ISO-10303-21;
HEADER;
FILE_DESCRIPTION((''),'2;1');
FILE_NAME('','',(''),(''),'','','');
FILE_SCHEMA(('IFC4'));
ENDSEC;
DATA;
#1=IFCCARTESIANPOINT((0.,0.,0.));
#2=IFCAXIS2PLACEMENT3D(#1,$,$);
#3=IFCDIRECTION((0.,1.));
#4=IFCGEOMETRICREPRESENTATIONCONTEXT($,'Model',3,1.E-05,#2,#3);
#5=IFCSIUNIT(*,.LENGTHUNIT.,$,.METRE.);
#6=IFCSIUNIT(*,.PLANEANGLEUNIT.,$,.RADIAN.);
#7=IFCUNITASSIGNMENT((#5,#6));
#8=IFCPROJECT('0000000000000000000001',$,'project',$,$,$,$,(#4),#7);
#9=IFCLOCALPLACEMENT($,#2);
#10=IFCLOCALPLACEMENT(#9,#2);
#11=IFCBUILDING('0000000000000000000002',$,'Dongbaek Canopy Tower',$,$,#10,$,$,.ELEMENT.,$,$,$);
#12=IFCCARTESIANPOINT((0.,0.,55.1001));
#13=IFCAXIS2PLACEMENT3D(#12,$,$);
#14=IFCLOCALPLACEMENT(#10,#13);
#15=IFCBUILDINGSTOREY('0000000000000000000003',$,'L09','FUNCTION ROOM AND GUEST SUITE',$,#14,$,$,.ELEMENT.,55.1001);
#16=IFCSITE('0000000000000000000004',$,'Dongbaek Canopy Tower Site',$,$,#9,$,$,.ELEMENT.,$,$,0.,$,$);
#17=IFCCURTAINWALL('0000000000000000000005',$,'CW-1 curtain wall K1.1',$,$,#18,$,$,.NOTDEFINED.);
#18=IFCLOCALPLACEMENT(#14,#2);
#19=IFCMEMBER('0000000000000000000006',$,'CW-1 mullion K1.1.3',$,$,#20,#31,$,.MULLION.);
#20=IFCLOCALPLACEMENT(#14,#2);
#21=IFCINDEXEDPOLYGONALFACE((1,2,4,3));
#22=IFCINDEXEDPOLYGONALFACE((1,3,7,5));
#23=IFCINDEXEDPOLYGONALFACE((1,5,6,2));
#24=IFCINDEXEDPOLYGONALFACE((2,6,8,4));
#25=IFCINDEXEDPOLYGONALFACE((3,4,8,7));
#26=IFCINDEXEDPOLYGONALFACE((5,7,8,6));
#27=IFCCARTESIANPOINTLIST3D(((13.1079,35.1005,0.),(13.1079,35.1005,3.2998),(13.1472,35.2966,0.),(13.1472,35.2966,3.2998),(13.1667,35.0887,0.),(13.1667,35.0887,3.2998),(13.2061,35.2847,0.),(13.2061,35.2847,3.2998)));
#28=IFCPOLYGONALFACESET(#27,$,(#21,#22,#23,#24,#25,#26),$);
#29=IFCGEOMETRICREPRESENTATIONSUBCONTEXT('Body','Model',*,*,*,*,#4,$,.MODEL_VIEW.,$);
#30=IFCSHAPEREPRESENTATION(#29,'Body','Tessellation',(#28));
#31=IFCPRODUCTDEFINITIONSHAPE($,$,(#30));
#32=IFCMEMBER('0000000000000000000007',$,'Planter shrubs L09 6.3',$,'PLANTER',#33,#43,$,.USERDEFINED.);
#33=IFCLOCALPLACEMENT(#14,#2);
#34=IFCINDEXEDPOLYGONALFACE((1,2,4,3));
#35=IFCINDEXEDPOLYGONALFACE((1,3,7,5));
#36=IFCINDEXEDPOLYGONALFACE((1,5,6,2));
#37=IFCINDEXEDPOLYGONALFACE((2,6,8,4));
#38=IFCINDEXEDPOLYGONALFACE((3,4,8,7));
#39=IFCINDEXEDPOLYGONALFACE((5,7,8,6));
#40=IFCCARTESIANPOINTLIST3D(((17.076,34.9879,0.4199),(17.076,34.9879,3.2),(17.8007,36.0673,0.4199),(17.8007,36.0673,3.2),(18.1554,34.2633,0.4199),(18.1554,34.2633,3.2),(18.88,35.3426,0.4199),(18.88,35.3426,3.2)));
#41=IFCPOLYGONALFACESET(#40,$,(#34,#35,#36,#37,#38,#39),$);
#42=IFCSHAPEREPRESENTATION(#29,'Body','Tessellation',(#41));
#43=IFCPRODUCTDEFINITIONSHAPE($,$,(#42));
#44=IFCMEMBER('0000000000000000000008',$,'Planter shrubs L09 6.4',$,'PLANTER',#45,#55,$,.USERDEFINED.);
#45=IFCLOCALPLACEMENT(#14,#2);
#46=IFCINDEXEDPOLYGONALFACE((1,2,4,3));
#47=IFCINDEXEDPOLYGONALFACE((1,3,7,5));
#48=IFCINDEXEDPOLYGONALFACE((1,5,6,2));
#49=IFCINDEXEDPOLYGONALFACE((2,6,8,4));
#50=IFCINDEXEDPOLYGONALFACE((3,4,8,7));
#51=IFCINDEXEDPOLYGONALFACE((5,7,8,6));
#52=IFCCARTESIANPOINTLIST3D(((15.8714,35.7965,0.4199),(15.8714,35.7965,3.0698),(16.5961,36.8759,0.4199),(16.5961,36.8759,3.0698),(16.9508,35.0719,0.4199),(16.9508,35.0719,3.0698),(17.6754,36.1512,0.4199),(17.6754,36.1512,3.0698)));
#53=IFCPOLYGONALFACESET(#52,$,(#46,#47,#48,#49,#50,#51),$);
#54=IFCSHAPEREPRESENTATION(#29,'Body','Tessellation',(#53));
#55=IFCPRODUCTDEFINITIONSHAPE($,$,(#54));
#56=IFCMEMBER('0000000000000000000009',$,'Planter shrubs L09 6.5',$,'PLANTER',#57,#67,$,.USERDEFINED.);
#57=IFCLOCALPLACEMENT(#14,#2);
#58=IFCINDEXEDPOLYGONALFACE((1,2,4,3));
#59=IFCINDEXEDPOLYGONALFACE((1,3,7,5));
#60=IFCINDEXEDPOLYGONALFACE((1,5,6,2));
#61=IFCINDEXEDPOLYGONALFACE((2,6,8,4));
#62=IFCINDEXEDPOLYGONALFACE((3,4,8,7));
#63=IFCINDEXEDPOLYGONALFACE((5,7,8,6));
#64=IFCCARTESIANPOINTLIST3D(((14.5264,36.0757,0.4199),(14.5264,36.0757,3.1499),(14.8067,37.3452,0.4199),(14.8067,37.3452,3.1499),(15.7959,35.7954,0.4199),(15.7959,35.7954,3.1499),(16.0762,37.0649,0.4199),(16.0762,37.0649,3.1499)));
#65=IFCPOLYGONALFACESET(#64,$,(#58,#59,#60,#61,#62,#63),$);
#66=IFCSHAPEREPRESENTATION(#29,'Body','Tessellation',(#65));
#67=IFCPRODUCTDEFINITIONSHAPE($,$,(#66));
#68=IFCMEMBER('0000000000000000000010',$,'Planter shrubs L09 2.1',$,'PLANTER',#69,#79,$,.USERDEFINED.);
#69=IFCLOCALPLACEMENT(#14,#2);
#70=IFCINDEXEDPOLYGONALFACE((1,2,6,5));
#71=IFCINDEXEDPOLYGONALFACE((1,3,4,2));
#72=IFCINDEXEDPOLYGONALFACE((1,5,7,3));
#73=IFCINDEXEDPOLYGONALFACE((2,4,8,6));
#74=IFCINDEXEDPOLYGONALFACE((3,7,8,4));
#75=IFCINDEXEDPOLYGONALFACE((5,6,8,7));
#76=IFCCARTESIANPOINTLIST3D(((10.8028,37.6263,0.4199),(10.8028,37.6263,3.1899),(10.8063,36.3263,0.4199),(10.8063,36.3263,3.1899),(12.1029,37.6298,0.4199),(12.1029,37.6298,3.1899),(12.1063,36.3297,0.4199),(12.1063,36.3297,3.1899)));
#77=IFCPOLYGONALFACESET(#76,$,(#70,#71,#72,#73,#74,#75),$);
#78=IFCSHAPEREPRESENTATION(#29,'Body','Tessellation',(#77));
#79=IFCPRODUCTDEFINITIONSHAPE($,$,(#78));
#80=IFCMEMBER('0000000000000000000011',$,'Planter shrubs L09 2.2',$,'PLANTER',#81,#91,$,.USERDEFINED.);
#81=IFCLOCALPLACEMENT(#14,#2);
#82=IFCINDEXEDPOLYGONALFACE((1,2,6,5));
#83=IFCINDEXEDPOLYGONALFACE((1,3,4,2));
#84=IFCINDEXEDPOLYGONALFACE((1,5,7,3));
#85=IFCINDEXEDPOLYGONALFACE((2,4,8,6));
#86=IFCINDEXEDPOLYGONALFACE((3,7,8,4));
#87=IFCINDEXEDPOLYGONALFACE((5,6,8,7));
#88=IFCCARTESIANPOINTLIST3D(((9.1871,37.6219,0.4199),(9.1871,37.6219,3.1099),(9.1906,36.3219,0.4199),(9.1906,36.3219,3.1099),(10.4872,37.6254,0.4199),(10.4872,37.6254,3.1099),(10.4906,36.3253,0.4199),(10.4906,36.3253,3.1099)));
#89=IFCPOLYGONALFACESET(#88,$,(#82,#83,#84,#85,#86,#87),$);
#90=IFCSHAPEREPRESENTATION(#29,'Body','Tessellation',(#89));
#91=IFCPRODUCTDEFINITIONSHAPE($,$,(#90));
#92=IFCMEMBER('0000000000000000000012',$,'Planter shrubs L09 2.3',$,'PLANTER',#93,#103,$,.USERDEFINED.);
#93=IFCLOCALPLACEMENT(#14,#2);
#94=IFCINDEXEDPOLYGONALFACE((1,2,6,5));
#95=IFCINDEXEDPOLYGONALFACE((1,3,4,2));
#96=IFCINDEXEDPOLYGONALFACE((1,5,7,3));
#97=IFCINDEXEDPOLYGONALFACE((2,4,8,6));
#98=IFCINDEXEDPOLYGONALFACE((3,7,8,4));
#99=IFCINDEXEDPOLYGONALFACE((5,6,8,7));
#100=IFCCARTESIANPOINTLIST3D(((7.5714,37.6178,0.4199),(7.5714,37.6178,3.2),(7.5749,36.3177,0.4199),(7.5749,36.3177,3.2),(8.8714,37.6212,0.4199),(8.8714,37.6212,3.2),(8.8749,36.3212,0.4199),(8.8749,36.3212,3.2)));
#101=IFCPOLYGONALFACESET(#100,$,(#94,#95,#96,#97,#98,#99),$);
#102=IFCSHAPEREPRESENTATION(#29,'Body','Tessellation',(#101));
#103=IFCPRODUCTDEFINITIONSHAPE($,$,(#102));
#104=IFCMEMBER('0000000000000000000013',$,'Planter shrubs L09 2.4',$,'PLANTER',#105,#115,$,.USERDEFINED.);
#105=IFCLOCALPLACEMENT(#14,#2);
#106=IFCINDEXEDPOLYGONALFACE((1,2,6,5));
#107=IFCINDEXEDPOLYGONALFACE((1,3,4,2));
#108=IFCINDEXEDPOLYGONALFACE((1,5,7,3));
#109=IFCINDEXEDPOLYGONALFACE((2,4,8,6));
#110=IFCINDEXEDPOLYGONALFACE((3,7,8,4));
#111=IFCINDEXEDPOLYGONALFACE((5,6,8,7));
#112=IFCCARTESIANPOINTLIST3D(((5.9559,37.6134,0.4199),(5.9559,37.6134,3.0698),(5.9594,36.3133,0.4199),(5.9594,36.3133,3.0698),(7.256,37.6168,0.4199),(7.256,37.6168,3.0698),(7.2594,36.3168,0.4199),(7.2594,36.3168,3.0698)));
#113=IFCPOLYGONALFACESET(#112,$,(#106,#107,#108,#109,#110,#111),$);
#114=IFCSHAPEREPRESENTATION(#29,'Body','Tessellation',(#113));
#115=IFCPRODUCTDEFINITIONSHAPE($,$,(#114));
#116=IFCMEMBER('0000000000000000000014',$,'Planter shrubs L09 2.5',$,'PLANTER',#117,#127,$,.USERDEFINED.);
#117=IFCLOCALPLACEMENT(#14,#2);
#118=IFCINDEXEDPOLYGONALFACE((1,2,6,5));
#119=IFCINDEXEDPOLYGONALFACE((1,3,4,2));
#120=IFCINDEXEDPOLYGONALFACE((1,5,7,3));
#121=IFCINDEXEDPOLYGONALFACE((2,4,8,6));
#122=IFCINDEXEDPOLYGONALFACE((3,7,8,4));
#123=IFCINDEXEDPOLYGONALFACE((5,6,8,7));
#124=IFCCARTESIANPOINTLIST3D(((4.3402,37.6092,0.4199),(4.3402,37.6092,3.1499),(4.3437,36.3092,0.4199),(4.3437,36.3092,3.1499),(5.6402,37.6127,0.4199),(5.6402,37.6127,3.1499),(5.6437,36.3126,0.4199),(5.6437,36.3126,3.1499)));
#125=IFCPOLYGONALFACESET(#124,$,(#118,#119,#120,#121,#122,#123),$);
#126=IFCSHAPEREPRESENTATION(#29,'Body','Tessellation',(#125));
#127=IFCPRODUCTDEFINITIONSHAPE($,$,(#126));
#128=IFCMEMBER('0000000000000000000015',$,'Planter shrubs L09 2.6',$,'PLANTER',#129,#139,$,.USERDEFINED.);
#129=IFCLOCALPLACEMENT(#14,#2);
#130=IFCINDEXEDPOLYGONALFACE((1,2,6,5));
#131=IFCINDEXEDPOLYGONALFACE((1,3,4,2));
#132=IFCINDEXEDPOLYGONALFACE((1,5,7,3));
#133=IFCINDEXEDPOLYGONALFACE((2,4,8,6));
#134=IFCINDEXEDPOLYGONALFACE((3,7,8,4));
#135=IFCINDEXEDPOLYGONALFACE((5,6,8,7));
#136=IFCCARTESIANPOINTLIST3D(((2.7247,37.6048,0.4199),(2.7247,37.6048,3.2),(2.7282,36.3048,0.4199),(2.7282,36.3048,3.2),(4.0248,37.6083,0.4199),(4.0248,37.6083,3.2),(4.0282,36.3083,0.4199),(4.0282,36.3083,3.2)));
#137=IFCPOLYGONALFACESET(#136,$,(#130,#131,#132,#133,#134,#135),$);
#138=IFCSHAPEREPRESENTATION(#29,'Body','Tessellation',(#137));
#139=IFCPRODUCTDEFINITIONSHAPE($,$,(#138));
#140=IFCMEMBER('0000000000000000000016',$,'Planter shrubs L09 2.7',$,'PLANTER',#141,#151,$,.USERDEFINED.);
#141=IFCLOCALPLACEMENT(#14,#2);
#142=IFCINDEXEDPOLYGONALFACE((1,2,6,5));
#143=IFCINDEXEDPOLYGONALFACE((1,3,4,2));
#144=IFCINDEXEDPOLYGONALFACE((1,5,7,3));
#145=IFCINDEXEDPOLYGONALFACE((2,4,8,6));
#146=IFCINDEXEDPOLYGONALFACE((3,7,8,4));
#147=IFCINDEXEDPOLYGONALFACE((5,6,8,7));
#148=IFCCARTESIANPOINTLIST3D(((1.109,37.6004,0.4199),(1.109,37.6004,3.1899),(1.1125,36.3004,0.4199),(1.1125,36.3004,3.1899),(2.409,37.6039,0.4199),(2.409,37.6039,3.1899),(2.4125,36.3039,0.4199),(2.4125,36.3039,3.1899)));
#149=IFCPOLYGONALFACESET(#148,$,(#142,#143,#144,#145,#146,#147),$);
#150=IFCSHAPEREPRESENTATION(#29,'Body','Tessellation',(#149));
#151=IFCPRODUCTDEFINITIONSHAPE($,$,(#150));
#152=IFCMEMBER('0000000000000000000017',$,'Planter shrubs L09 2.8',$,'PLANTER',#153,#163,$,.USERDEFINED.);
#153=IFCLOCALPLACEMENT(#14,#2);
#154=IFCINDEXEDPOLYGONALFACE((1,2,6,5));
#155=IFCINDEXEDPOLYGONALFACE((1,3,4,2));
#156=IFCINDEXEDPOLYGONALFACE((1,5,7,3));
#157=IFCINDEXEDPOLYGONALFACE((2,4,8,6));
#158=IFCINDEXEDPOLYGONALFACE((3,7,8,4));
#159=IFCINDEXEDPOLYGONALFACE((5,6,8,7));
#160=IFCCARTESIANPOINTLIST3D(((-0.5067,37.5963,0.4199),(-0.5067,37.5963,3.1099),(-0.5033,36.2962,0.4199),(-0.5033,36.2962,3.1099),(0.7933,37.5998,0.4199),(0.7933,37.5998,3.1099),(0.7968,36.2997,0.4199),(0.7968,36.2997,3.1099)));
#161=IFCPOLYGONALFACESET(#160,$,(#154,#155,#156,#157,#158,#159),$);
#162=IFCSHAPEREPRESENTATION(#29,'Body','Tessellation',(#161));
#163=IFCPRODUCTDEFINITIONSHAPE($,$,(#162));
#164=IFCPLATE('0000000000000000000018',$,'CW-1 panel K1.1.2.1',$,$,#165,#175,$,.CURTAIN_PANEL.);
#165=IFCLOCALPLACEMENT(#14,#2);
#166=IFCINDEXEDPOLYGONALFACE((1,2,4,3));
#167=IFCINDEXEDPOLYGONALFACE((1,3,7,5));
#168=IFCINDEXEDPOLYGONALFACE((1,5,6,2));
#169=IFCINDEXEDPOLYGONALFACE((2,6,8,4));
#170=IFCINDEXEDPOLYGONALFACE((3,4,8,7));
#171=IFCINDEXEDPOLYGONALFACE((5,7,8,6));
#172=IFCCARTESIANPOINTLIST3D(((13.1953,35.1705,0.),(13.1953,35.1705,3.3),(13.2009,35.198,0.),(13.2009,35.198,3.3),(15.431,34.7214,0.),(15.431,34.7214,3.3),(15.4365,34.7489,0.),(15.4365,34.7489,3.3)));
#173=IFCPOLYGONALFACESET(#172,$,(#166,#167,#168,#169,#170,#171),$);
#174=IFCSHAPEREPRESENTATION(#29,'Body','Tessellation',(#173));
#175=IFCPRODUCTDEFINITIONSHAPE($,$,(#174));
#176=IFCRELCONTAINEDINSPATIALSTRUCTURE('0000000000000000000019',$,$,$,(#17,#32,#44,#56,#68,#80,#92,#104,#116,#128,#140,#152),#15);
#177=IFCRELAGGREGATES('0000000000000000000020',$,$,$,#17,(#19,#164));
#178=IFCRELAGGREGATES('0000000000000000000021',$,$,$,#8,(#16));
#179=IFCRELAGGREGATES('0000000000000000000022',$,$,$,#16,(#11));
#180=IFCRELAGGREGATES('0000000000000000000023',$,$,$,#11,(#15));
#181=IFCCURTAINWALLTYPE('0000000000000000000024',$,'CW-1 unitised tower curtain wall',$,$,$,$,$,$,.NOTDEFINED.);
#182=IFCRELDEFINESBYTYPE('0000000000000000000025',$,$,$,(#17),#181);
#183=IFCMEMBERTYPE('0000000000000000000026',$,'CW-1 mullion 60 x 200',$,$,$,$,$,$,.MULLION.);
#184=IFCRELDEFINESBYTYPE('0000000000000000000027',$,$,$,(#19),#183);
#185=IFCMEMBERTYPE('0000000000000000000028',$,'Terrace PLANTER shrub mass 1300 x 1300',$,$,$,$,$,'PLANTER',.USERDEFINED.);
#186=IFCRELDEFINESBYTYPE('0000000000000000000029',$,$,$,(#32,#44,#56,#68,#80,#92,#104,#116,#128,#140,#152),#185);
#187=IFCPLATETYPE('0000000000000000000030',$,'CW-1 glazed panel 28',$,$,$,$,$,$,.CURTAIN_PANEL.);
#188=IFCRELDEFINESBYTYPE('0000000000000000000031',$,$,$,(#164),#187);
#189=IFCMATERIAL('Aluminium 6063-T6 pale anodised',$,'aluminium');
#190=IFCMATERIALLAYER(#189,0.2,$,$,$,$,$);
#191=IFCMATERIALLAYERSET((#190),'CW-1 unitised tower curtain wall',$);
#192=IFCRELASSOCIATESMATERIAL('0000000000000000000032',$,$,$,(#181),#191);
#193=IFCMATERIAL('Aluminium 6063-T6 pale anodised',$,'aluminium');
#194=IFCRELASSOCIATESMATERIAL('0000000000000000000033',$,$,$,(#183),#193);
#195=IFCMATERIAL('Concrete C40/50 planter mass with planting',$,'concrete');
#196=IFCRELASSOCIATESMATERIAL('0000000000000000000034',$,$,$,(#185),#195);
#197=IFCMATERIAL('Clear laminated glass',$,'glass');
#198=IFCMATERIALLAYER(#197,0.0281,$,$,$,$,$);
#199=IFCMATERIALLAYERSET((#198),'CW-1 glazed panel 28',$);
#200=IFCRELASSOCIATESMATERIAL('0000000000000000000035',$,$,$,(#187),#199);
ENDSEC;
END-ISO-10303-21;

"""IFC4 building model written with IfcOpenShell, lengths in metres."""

from ifc_helpers import new_model, si_unit, direction, frame, origin, origin_2d, place, context, subcontext, project, spatial, rectangle, extrude, material, layer, layer_set, material_profile, profile_set, type_object, element, aggregate, save


model = new_model("IFC4")

# Units and contexts
model_context = context("Model", 3, precision=1e-05, world=origin(), true_north=direction((0.0, 1.0)))
body_context = subcontext(model_context, "Body", "Model", "MODEL_VIEW")
ifc_project = project(units=[si_unit("LENGTHUNIT", "METRE"), si_unit("PLANEANGLEUNIT", "RADIAN")], contexts=[model_context])

# Site, building, storey
site_placement = place(None, origin())
site = spatial("IfcSite", under=ifc_project, at=site_placement, Name="Dongbaek Canopy Tower Site", CompositionType="ELEMENT", RefElevation=0.0)
building_placement = place(site_placement, origin())
building = spatial("IfcBuilding", under=site, at=building_placement, Name="Dongbaek Canopy Tower", CompositionType="ELEMENT")
storey_placement = place(building_placement, frame((0.0, 0.0, 55.1001)))
storey = spatial("IfcBuildingStorey", under=building, at=storey_placement, Name="L09", Description="FUNCTION ROOM AND GUEST SUITE", CompositionType="ELEMENT", Elevation=55.1001)

# Curtain wall, member
ifc_material_1 = material(Name="Aluminium 6063-T6 pale anodised", Category="aluminium")
ifc_layer_1 = layer(ifc_material_1, 0.2)
ifc_layer_set_1 = layer_set([ifc_layer_1], Name="CW-1 unitised tower curtain wall")
curtain_wall_type = type_object("IfcCurtainWallType", Name="CW-1 unitised tower curtain wall", PredefinedType="NOTDEFINED", material=ifc_layer_set_1)
curtain_wall_placement = place(storey_placement, origin())
curtain_wall = element("IfcCurtainWall", 1, at=curtain_wall_placement, inside=storey, type_object=curtain_wall_type, Name="CW-1 curtain wall K1.1", PredefinedType="NOTDEFINED")
ifc_material_2 = material(Name="Aluminium 6063-T6 pale anodised", Category="aluminium")
ifc_material_profile_1 = material_profile(ifc_material_2, rectangle(XDim=0.2, YDim=0.0601, at=origin_2d()), Name="CW-1 mullion 60 x 200")
ifc_profile_set_1 = profile_set([ifc_material_profile_1], Name="Aluminium 6063-T6 pale anodised")
member_type_1 = type_object("IfcMemberType", Name="CW-1 mullion 60 x 200", PredefinedType="MULLION", material=ifc_profile_set_1)
member_1_placement = place(storey_placement, frame((13.157, 35.1926, 0.0), z_axis=(0.0, 0.0, 1.0), x_axis=(0.196938, 0.980416, 0.0)))
member_1 = element("IfcMember", 2, at=member_1_placement, type_object=member_type_1, Name="CW-1 mullion K1.1.3", PredefinedType="MULLION", context=body_context, shape_type="SweptSolid", body=[
    extrude(rectangle(XDim=0.2, YDim=0.0601, at=origin_2d()), origin(), (0.0, 0.0, 1.0), 3.2998),
])

# Members
ifc_material_3 = material(Name="Concrete C40/50 planter mass with planting", Category="concrete")
ifc_material_profile_2 = material_profile(ifc_material_3, rectangle(XDim=1.3, YDim=1.3, at=origin_2d()), Name="Terrace PLANTER shrub mass 1300 x 1300")
ifc_profile_set_2 = profile_set([ifc_material_profile_2], Name="Concrete C40/50 planter mass with planting")
member_type_2 = type_object("IfcMemberType", Name="Terrace PLANTER shrub mass 1300 x 1300", ElementType="PLANTER", PredefinedType="USERDEFINED", material=ifc_profile_set_2)
member_2_placement = place(storey_placement, frame((17.978, 35.1653, 0.4199), z_axis=(0.0, 0.0, 1.0), x_axis=(0.557401, 0.830243, 0.0)))
element("IfcMember", 3, at=member_2_placement, inside=storey, type_object=member_type_2, Name="Planter shrubs L09 6.3", ObjectType="PLANTER", PredefinedType="USERDEFINED", context=body_context, shape_type="SweptSolid", body=[
    extrude(rectangle(XDim=1.3, YDim=1.3, at=origin_2d()), origin(), (0.0, 0.0, 1.0), 2.78),
])
member_3_placement = place(storey_placement, frame((16.7734, 35.9739, 0.4199), z_axis=(0.0, 0.0, 1.0), x_axis=(0.557401, 0.830243, 0.0)))
element("IfcMember", 4, at=member_3_placement, inside=storey, type_object=member_type_2, Name="Planter shrubs L09 6.4", ObjectType="PLANTER", PredefinedType="USERDEFINED", context=body_context, shape_type="SweptSolid", body=[
    extrude(rectangle(XDim=1.3, YDim=1.3, at=origin_2d()), origin(), (0.0, 0.0, 1.0), 2.6499),
])
member_4_placement = place(storey_placement, frame((15.3013, 36.5703, 0.4199), z_axis=(0.0, 0.0, 1.0), x_axis=(0.215601, 0.976482, 0.0)))
element("IfcMember", 5, at=member_4_placement, inside=storey, type_object=member_type_2, Name="Planter shrubs L09 6.5", ObjectType="PLANTER", PredefinedType="USERDEFINED", context=body_context, shape_type="SweptSolid", body=[
    extrude(rectangle(XDim=1.3, YDim=1.3, at=origin_2d()), origin(), (0.0, 0.0, 1.0), 2.73),
])
member_5_placement = place(storey_placement, frame((11.4546, 36.978, 0.4199), z_axis=(0.0, 0.0, 1.0), x_axis=(-0.002666, 0.999996, 0.0)))
element("IfcMember", 6, at=member_5_placement, inside=storey, type_object=member_type_2, Name="Planter shrubs L09 2.1", ObjectType="PLANTER", PredefinedType="USERDEFINED", context=body_context, shape_type="SweptSolid", body=[
    extrude(rectangle(XDim=1.3, YDim=1.3, at=origin_2d()), origin(), (0.0, 0.0, 1.0), 2.77),
])
member_6_placement = place(storey_placement, frame((9.8389, 36.9736, 0.4199), z_axis=(0.0, 0.0, 1.0), x_axis=(-0.002666, 0.999996, 0.0)))
element("IfcMember", 7, at=member_6_placement, inside=storey, type_object=member_type_2, Name="Planter shrubs L09 2.2", ObjectType="PLANTER", PredefinedType="USERDEFINED", context=body_context, shape_type="SweptSolid", body=[
    extrude(rectangle(XDim=1.3, YDim=1.3, at=origin_2d()), origin(), (0.0, 0.0, 1.0), 2.6899),
])
member_7_placement = place(storey_placement, frame((8.2231, 36.9695, 0.4199), z_axis=(0.0, 0.0, 1.0), x_axis=(-0.002666, 0.999996, 0.0)))
element("IfcMember", 8, at=member_7_placement, inside=storey, type_object=member_type_2, Name="Planter shrubs L09 2.3", ObjectType="PLANTER", PredefinedType="USERDEFINED", context=body_context, shape_type="SweptSolid", body=[
    extrude(rectangle(XDim=1.3, YDim=1.3, at=origin_2d()), origin(), (0.0, 0.0, 1.0), 2.78),
])
member_8_placement = place(storey_placement, frame((6.6077, 36.9651, 0.4199), z_axis=(0.0, 0.0, 1.0), x_axis=(-0.002666, 0.999996, 0.0)))
element("IfcMember", 9, at=member_8_placement, inside=storey, type_object=member_type_2, Name="Planter shrubs L09 2.4", ObjectType="PLANTER", PredefinedType="USERDEFINED", context=body_context, shape_type="SweptSolid", body=[
    extrude(rectangle(XDim=1.3, YDim=1.3, at=origin_2d()), origin(), (0.0, 0.0, 1.0), 2.6499),
])
member_9_placement = place(storey_placement, frame((4.9919, 36.9609, 0.4199), z_axis=(0.0, 0.0, 1.0), x_axis=(-0.002666, 0.999996, 0.0)))
element("IfcMember", 10, at=member_9_placement, inside=storey, type_object=member_type_2, Name="Planter shrubs L09 2.5", ObjectType="PLANTER", PredefinedType="USERDEFINED", context=body_context, shape_type="SweptSolid", body=[
    extrude(rectangle(XDim=1.3, YDim=1.3, at=origin_2d()), origin(), (0.0, 0.0, 1.0), 2.73),
])
member_10_placement = place(storey_placement, frame((3.3765, 36.9565, 0.4199), z_axis=(0.0, 0.0, 1.0), x_axis=(-0.002666, 0.999996, 0.0)))
element("IfcMember", 11, at=member_10_placement, inside=storey, type_object=member_type_2, Name="Planter shrubs L09 2.6", ObjectType="PLANTER", PredefinedType="USERDEFINED", context=body_context, shape_type="SweptSolid", body=[
    extrude(rectangle(XDim=1.3, YDim=1.3, at=origin_2d()), origin(), (0.0, 0.0, 1.0), 2.78),
])
member_11_placement = place(storey_placement, frame((1.7607, 36.9521, 0.4199), z_axis=(0.0, 0.0, 1.0), x_axis=(-0.002666, 0.999996, 0.0)))
element("IfcMember", 12, at=member_11_placement, inside=storey, type_object=member_type_2, Name="Planter shrubs L09 2.7", ObjectType="PLANTER", PredefinedType="USERDEFINED", context=body_context, shape_type="SweptSolid", body=[
    extrude(rectangle(XDim=1.3, YDim=1.3, at=origin_2d()), origin(), (0.0, 0.0, 1.0), 2.77),
])
member_12_placement = place(storey_placement, frame((0.145, 36.948, 0.4199), z_axis=(0.0, 0.0, 1.0), x_axis=(-0.002666, 0.999996, 0.0)))
element("IfcMember", 13, at=member_12_placement, inside=storey, type_object=member_type_2, Name="Planter shrubs L09 2.8", ObjectType="PLANTER", PredefinedType="USERDEFINED", context=body_context, shape_type="SweptSolid", body=[
    extrude(rectangle(XDim=1.3, YDim=1.3, at=origin_2d()), origin(), (0.0, 0.0, 1.0), 2.6899),
])

# Plate
ifc_material_4 = material(Name="Clear laminated glass", Category="glass")
ifc_layer_2 = layer(ifc_material_4, 0.0281)
ifc_layer_set_2 = layer_set([ifc_layer_2], Name="CW-1 glazed panel 28")
plate_type = type_object("IfcPlateType", Name="CW-1 glazed panel 28", PredefinedType="CURTAIN_PANEL", material=ifc_layer_set_2)
plate_placement = place(storey_placement, frame((14.3159, 34.9597, 0.0), z_axis=(0.0, 0.0, 1.0), x_axis=(-0.980416, 0.196938, 0.0)))
plate = element("IfcPlate", 14, at=plate_placement, type_object=plate_type, Name="CW-1 panel K1.1.2.1", PredefinedType="CURTAIN_PANEL", context=body_context, shape_type="SweptSolid", body=[
    extrude(rectangle(XDim=2.2803, YDim=0.0281, at=origin_2d()), origin(), (0.0, 0.0, 1.0), 3.3),
])
aggregate(curtain_wall, [member_1, plate])

save(model, "model.ifc")
